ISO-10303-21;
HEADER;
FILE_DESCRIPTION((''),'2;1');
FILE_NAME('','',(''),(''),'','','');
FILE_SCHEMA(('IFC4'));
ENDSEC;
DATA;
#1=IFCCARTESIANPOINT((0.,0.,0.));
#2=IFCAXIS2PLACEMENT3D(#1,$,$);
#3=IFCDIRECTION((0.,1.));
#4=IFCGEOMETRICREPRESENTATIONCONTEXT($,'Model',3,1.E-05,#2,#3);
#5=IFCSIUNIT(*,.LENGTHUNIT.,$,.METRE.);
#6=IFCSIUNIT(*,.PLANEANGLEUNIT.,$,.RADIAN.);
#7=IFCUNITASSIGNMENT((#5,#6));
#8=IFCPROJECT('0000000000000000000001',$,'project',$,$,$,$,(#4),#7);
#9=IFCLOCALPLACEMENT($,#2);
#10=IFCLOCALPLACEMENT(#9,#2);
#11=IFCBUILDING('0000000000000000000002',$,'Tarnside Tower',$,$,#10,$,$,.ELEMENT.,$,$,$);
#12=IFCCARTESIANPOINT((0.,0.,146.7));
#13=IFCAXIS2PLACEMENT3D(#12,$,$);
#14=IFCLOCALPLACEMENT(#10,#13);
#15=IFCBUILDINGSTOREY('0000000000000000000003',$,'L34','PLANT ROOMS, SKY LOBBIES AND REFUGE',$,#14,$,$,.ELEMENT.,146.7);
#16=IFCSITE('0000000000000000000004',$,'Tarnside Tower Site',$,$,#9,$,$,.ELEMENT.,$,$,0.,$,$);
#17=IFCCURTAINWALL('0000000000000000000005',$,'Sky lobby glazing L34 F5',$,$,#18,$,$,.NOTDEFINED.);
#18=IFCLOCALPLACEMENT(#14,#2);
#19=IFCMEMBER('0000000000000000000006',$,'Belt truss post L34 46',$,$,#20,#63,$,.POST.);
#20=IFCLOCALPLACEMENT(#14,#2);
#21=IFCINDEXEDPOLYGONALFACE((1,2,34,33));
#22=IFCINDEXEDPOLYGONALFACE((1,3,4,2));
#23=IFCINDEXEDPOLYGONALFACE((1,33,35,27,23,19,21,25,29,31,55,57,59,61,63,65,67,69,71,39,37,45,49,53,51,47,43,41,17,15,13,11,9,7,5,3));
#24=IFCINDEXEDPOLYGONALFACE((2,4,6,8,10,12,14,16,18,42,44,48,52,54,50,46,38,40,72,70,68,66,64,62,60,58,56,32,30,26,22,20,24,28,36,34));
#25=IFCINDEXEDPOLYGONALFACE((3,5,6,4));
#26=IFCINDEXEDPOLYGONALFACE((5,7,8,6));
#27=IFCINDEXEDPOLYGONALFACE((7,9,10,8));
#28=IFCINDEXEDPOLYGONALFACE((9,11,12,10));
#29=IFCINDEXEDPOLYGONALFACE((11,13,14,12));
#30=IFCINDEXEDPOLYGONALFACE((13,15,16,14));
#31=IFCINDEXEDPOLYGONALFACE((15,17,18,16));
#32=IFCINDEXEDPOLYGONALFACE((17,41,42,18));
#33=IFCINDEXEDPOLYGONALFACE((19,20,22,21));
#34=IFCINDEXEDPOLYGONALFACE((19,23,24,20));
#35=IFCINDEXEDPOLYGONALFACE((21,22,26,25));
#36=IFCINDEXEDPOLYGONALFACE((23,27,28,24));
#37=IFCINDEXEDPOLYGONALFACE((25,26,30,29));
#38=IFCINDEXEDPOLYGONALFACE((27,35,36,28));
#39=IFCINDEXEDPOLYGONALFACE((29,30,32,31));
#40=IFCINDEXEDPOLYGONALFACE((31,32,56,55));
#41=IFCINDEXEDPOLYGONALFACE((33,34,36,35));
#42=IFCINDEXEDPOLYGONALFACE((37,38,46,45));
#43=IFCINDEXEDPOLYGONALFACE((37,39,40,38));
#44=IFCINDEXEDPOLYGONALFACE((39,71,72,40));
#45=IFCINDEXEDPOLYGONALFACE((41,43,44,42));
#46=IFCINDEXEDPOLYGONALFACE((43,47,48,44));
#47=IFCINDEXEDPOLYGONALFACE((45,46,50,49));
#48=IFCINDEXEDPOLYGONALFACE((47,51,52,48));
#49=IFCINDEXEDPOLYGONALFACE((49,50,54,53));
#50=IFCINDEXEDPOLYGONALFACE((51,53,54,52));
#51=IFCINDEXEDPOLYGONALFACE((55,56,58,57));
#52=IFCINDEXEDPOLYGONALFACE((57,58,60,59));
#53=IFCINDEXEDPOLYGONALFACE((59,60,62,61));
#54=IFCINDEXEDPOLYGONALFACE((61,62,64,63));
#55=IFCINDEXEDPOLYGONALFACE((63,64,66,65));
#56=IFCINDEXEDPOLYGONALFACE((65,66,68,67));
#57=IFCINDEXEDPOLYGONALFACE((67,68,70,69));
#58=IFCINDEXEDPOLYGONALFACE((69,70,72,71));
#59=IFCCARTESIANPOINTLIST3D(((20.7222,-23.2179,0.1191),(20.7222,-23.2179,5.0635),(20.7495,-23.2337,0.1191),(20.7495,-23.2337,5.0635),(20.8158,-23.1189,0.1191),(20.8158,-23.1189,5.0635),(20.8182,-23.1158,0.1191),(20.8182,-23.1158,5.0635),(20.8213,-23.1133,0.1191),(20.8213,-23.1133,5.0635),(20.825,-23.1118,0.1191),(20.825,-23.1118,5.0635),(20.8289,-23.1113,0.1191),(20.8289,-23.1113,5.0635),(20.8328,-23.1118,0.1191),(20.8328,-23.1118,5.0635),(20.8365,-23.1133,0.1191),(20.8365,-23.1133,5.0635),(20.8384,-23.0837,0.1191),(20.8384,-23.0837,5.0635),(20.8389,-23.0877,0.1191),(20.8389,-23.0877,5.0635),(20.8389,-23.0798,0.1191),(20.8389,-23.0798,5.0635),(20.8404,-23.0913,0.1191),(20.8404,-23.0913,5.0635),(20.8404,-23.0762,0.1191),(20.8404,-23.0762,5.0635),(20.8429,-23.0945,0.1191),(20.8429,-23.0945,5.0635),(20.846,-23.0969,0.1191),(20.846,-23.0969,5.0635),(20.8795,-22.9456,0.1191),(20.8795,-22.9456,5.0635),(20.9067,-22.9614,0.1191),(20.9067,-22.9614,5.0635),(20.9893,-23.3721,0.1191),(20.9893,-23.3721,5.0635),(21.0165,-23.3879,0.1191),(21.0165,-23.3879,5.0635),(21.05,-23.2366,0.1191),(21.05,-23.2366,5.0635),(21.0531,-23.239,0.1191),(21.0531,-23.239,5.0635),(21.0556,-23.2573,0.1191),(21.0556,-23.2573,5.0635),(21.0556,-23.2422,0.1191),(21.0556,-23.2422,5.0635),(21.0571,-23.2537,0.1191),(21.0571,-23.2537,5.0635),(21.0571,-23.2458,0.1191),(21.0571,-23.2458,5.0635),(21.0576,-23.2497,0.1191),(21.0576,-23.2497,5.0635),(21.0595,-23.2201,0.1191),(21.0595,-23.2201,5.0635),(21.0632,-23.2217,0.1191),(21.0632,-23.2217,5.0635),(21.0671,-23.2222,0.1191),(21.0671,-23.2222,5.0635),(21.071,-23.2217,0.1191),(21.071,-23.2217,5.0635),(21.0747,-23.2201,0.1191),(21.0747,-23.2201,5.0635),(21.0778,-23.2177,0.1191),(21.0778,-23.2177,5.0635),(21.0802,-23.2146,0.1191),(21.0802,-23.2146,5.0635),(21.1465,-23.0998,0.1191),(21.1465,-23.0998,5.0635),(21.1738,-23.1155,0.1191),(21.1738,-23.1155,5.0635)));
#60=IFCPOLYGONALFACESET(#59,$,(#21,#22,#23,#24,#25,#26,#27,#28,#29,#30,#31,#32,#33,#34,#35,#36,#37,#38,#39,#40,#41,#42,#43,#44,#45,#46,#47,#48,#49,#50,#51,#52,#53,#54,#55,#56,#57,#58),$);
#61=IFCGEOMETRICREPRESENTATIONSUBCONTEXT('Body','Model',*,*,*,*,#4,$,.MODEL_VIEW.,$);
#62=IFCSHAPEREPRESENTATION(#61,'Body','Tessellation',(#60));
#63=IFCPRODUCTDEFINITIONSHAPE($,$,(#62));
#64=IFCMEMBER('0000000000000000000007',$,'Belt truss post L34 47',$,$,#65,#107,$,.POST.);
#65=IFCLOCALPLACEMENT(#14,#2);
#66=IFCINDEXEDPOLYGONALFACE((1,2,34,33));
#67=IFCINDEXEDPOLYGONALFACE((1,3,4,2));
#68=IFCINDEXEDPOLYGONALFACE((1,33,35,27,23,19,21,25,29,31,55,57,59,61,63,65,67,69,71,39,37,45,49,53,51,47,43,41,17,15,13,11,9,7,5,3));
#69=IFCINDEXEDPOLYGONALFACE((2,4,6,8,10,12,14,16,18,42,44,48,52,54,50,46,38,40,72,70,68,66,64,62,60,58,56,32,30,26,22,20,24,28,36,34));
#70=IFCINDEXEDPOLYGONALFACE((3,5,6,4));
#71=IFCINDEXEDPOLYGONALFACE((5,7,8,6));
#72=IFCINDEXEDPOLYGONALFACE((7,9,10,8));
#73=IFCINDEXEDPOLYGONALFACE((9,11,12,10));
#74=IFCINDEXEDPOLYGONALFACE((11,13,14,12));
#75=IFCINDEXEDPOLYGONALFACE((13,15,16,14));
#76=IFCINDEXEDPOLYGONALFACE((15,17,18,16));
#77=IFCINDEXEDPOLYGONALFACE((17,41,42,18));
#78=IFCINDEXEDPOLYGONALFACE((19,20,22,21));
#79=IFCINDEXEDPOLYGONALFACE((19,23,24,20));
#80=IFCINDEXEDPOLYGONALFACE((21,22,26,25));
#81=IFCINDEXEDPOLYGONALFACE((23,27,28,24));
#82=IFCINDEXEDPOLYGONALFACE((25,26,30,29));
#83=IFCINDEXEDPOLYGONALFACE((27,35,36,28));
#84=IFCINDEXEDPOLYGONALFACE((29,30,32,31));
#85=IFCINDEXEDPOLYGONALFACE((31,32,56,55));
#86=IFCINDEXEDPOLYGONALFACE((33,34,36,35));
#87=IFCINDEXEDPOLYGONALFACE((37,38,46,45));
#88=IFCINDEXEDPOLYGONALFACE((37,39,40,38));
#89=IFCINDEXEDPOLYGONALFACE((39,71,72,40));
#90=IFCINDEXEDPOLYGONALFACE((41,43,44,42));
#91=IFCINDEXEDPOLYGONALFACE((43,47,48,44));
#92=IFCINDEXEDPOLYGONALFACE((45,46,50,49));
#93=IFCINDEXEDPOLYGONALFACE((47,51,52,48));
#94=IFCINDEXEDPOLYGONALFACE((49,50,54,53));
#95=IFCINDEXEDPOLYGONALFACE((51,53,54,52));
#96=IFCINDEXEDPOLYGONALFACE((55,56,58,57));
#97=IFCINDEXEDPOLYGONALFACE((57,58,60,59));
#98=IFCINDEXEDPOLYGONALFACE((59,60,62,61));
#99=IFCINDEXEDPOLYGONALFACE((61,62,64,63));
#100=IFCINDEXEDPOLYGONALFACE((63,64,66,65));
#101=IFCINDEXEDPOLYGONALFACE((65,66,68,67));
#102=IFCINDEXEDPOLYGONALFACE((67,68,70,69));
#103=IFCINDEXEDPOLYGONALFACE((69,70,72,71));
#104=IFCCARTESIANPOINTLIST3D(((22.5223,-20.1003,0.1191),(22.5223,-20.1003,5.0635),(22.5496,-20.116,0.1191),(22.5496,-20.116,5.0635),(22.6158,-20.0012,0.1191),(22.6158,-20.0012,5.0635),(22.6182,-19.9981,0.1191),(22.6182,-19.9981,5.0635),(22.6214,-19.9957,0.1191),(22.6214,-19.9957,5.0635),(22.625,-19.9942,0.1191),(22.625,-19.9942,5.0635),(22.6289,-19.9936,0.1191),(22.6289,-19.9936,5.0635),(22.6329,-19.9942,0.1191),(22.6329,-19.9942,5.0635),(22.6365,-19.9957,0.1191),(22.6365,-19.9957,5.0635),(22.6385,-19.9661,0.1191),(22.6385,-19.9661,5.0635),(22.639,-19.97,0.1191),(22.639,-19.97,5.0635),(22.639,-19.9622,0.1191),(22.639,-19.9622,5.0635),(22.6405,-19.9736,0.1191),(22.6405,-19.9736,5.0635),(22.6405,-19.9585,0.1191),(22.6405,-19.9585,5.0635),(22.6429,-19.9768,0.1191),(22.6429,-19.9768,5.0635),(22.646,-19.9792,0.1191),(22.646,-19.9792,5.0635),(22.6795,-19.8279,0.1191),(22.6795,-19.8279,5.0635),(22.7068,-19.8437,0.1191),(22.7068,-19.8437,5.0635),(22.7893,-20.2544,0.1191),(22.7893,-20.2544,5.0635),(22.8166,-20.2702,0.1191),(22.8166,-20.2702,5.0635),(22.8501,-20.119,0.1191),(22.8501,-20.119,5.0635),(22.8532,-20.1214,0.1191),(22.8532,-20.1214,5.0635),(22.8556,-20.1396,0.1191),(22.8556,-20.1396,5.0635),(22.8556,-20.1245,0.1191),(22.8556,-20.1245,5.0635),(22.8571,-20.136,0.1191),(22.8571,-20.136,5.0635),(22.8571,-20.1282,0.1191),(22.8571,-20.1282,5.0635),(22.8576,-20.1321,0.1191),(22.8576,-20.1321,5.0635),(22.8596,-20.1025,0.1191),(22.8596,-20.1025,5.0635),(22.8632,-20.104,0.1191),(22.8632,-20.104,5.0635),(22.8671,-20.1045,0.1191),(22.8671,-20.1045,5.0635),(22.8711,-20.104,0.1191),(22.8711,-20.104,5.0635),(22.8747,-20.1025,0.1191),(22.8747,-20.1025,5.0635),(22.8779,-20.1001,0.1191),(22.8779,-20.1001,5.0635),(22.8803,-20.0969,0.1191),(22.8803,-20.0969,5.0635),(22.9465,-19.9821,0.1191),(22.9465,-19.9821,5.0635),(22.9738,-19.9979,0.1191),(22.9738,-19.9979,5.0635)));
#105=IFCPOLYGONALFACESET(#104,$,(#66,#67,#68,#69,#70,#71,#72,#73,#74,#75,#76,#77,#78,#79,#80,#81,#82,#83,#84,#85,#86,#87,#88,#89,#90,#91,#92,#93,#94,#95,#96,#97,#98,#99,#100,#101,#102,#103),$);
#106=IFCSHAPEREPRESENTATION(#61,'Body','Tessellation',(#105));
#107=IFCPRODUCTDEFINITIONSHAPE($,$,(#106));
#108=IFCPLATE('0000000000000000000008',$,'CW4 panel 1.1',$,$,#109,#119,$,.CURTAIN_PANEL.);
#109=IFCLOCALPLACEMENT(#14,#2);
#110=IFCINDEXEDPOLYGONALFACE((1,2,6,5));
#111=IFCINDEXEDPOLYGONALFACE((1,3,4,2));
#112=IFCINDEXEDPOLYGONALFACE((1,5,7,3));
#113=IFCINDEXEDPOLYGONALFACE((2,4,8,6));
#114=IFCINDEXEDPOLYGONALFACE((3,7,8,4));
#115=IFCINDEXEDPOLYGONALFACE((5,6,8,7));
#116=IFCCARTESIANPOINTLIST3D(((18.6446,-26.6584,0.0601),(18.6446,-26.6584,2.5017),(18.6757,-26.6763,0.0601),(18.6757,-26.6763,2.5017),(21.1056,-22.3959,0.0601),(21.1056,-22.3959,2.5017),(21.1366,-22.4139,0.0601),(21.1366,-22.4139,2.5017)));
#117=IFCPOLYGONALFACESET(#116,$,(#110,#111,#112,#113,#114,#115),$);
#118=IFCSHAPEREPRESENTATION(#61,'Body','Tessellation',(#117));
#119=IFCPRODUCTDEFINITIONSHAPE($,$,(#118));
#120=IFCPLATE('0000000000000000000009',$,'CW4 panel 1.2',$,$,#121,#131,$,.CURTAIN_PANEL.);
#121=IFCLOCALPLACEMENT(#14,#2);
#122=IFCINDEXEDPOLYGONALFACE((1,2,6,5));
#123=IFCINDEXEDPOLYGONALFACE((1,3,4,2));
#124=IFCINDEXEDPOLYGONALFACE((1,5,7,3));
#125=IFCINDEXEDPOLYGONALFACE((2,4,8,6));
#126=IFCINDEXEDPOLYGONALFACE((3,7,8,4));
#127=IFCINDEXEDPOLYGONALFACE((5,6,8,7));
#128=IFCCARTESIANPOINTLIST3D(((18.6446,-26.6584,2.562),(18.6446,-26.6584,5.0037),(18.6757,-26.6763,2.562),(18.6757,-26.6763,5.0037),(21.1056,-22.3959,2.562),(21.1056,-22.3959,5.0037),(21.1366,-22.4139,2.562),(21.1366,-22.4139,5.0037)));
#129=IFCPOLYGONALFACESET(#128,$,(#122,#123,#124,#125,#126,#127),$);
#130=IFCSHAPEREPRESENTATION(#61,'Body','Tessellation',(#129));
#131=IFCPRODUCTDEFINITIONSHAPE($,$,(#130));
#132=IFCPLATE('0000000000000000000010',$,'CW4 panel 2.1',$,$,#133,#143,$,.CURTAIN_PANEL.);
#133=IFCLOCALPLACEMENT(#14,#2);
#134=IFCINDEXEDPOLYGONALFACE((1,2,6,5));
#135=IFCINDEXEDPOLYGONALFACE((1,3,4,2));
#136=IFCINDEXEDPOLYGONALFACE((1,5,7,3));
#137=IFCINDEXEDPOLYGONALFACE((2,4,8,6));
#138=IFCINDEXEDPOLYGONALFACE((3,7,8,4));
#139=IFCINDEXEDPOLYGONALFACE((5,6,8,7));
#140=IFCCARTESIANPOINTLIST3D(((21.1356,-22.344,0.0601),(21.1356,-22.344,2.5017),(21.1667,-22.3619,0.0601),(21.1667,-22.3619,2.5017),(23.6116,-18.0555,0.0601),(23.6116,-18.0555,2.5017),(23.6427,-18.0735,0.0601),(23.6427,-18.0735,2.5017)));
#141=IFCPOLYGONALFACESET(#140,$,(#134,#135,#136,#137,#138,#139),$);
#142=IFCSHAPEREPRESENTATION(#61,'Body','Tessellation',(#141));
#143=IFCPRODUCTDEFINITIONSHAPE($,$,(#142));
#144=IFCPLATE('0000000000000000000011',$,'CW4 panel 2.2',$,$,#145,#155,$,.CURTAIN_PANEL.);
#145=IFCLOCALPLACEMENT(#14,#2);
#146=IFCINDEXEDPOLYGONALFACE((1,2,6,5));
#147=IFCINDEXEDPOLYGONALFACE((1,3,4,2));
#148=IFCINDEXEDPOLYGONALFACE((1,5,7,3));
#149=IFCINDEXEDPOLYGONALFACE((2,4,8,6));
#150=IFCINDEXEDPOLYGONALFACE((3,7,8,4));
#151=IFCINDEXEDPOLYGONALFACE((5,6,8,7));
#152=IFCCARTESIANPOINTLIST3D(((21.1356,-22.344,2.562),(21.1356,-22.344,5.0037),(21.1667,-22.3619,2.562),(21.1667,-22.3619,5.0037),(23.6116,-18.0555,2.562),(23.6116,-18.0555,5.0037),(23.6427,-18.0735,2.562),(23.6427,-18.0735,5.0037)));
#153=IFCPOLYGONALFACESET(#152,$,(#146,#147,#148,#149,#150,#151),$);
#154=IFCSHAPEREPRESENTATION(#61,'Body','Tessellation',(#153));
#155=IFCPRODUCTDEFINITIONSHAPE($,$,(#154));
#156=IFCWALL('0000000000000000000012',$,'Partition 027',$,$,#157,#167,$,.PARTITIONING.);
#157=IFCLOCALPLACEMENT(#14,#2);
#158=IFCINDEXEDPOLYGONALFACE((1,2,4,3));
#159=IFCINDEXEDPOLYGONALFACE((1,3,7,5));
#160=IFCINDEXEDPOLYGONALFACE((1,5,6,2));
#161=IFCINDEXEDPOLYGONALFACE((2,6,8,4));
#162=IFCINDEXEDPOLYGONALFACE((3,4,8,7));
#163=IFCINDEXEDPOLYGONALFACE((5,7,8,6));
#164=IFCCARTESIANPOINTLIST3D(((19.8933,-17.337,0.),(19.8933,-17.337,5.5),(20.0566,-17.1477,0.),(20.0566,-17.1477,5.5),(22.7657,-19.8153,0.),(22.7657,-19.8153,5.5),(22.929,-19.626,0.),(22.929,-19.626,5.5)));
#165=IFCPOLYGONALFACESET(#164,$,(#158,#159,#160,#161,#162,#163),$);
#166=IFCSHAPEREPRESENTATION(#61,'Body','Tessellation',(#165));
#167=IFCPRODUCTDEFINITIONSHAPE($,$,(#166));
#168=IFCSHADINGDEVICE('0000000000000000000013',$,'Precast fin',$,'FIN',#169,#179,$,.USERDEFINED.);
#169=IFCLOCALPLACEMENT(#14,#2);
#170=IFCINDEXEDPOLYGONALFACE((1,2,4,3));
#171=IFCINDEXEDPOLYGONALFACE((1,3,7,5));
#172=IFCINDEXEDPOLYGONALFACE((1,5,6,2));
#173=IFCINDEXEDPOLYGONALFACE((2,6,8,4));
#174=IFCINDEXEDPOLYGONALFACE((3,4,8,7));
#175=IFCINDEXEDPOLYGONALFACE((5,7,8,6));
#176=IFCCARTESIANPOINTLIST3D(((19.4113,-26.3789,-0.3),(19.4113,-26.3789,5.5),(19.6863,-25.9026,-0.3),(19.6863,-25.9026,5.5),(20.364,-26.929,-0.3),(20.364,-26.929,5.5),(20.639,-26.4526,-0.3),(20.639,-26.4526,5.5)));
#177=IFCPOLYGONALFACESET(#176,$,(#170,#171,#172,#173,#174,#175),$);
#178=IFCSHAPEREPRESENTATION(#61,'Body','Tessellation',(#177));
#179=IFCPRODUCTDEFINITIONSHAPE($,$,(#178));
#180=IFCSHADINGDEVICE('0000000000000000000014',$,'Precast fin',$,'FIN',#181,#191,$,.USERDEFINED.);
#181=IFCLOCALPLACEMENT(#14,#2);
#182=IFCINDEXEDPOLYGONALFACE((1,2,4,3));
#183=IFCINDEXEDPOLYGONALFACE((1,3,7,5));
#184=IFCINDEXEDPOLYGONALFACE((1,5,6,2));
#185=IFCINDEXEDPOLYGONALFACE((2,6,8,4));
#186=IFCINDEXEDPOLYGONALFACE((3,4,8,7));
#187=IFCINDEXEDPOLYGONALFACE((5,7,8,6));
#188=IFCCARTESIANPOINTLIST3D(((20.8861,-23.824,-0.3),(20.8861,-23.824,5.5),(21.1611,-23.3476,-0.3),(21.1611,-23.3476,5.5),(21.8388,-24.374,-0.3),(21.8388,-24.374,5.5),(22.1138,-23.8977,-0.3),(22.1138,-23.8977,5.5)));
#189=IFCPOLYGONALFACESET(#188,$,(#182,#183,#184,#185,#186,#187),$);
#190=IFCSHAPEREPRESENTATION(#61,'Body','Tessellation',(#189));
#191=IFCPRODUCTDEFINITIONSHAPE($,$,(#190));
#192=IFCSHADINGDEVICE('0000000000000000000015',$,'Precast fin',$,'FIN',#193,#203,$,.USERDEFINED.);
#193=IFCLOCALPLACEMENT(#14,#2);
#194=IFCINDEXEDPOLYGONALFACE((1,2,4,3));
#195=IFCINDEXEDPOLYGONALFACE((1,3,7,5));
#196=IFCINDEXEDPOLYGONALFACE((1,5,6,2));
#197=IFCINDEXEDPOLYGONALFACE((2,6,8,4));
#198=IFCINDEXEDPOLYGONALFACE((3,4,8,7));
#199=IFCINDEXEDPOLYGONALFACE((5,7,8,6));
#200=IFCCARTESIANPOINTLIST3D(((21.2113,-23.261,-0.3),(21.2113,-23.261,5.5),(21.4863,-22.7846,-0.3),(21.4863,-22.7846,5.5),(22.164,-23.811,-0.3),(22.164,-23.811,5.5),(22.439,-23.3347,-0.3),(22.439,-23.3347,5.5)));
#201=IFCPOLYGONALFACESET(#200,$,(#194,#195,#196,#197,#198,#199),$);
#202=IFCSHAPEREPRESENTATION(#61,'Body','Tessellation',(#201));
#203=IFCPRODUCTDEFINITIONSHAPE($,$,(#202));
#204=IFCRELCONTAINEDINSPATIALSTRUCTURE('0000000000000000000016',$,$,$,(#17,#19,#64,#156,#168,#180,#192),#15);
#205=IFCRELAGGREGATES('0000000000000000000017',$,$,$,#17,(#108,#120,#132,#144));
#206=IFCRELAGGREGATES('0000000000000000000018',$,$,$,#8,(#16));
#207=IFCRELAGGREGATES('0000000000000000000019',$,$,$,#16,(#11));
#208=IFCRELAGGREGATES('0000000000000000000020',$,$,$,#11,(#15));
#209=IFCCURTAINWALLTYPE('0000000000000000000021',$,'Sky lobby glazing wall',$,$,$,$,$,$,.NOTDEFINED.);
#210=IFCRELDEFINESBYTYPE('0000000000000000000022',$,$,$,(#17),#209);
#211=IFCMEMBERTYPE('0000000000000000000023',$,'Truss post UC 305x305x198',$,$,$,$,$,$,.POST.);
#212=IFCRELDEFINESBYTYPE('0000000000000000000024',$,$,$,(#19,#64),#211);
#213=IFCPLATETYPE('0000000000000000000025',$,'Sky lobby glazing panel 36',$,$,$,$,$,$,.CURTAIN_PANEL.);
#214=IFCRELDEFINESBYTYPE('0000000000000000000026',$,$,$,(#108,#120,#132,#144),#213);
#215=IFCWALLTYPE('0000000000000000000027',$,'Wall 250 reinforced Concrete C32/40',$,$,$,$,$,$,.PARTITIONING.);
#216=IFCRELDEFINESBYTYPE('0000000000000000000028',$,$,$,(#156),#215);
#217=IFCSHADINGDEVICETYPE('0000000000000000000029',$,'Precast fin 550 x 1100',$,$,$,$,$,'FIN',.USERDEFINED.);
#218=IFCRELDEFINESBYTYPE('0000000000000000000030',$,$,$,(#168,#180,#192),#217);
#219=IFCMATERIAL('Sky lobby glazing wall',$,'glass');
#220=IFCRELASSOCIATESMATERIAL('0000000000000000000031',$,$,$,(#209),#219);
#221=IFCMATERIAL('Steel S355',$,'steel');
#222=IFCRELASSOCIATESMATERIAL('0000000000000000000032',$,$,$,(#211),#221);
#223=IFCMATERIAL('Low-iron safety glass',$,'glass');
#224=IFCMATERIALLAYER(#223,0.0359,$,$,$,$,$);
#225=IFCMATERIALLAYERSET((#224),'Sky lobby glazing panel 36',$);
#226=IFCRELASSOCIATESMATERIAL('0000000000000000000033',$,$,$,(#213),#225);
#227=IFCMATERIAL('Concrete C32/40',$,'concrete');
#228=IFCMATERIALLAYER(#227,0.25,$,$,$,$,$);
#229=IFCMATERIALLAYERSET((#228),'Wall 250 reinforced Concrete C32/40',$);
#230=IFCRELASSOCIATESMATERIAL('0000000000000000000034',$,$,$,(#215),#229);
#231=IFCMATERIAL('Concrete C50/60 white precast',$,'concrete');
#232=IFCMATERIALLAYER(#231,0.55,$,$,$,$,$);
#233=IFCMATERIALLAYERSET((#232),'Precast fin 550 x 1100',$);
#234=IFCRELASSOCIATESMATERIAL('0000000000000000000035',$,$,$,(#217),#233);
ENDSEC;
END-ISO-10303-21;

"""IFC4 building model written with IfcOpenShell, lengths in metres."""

from ifc_helpers import new_model, si_unit, direction, frame, frame_2d, origin, origin_2d, place, context, subcontext, project, spatial, polyline, rectangle, i_section, outline, extrude, material, layer, layer_set, material_profile, profile_set, type_object, element, aggregate, save


model = new_model("IFC4")

# Units and contexts
model_context = context("Model", 3, precision=1e-05, world=origin(), true_north=direction((0.0, 1.0)))
body_context = subcontext(model_context, "Body", "Model", "MODEL_VIEW")
ifc_project = project(units=[si_unit("LENGTHUNIT", "METRE"), si_unit("PLANEANGLEUNIT", "RADIAN")], contexts=[model_context])

# Site, building, storey
site_placement = place(None, origin())
site = spatial("IfcSite", under=ifc_project, at=site_placement, Name="Tarnside Tower Site", CompositionType="ELEMENT", RefElevation=0.0)
building_placement = place(site_placement, origin())
building = spatial("IfcBuilding", under=site, at=building_placement, Name="Tarnside Tower", CompositionType="ELEMENT")
storey_placement = place(building_placement, frame((0.0, 0.0, 146.7)))
storey = spatial("IfcBuildingStorey", under=building, at=storey_placement, Name="L34", Description="PLANT ROOMS, SKY LOBBIES AND REFUGE", CompositionType="ELEMENT", Elevation=146.7)

# Shared definitions
ifc_material_1 = material(Name="Steel S355", Category="steel")

# Curtain wall
ifc_material_2 = material(Name="Sky lobby glazing wall", Category="glass")
curtain_wall_type = type_object("IfcCurtainWallType", Name="Sky lobby glazing wall", PredefinedType="NOTDEFINED", material=ifc_material_2)
curtain_wall_placement = place(storey_placement, origin())
curtain_wall = element("IfcCurtainWall", 1, at=curtain_wall_placement, inside=storey, type_object=curtain_wall_type, Name="Sky lobby glazing L34 F5", PredefinedType="NOTDEFINED")

# Members
ifc_material_profile_1 = material_profile(ifc_material_1, i_section(OverallWidth=0.3145, OverallDepth=0.3398, WebThickness=0.019, FlangeThickness=0.0315, FilletRadius=0.0151, at=origin_2d()), Name="UC 305x305x198")
ifc_profile_set_1 = profile_set([ifc_material_profile_1], Name="Steel S355")
member_type_1 = type_object("IfcMemberType", Name="Truss post UC 305x305x198", PredefinedType="POST", material=ifc_profile_set_1)
for number, where, z_axis, x_axis, name in (
    (2, (20.948, -23.1667, 0.1191), (0.0, 0.0, 1.0), (0.5, 0.866025, 0.0), "Belt truss post L34 46"),
    (3, (22.748, -20.0491, 0.1191), (0.0, 0.0, 1.0), (0.5, 0.866025, 0.0), "Belt truss post L34 47"),
):
    element("IfcMember", number, at=place(storey_placement, frame(where, z_axis=z_axis, x_axis=x_axis)), inside=storey, type_object=member_type_1, Name=name, PredefinedType="POST", context=body_context, shape_type="SweptSolid", body=[
        extrude(i_section(OverallWidth=0.3145, OverallDepth=0.3398, WebThickness=0.019, FlangeThickness=0.0315, FilletRadius=0.0151, at=origin_2d()), origin(), (0.0, 0.0, 1.0), 4.9443),
    ])

# Plates
ifc_material_3 = material(Name="Low-iron safety glass", Category="glass")
ifc_layer_1 = layer(ifc_material_3, 0.0359)
ifc_layer_set_1 = layer_set([ifc_layer_1], Name="Sky lobby glazing panel 36")
plate_type = type_object("IfcPlateType", Name="Sky lobby glazing panel 36", PredefinedType="CURTAIN_PANEL", material=ifc_layer_set_1)
plate_1_placement = place(storey_placement, frame((19.8906, -24.5361, 0.0601), z_axis=(0.0, 0.0, 1.0), x_axis=(0.5, 0.866025, 0.0)))
plate_1 = element("IfcPlate", 4, at=plate_1_placement, type_object=plate_type, Name="CW4 panel 1.1", PredefinedType="CURTAIN_PANEL", context=body_context, shape_type="SweptSolid", body=[
    extrude(rectangle(XDim=4.9219, YDim=0.0359, at=origin_2d()), origin(), (0.0, 0.0, 1.0), 2.4417),
])
plate_2_placement = place(storey_placement, frame((19.8906, -24.5361, 2.562), z_axis=(0.0, 0.0, 1.0), x_axis=(0.5, 0.866025, 0.0)))
plate_2 = element("IfcPlate", 5, at=plate_2_placement, type_object=plate_type, Name="CW4 panel 1.2", PredefinedType="CURTAIN_PANEL", context=body_context, shape_type="SweptSolid", body=[
    extrude(rectangle(XDim=4.9219, YDim=0.0359, at=origin_2d()), origin(), (0.0, 0.0, 1.0), 2.4417),
])
plate_3_placement = place(storey_placement, frame((22.3892, -20.2087, 0.0601), z_axis=(0.0, 0.0, 1.0), x_axis=(0.5, 0.866025, 0.0)))
plate_3 = element("IfcPlate", 6, at=plate_3_placement, type_object=plate_type, Name="CW4 panel 2.1", PredefinedType="CURTAIN_PANEL", context=body_context, shape_type="SweptSolid", body=[
    extrude(rectangle(XDim=4.9519, YDim=0.0359, at=origin_2d()), origin(), (0.0, 0.0, 1.0), 2.4417),
])
plate_4_placement = place(storey_placement, frame((22.3892, -20.2087, 2.562), z_axis=(0.0, 0.0, 1.0), x_axis=(0.5, 0.866025, 0.0)))
plate_4 = element("IfcPlate", 7, at=plate_4_placement, type_object=plate_type, Name="CW4 panel 2.2", PredefinedType="CURTAIN_PANEL", context=body_context, shape_type="SweptSolid", body=[
    extrude(rectangle(XDim=4.9519, YDim=0.0359, at=origin_2d()), origin(), (0.0, 0.0, 1.0), 2.4417),
])
aggregate(curtain_wall, [plate_1, plate_2, plate_3, plate_4])

# Wall
ifc_material_4 = material(Name="Concrete C32/40", Category="concrete")
ifc_layer_2 = layer(ifc_material_4, 0.25)
ifc_layer_set_2 = layer_set([ifc_layer_2], Name="Wall 250 reinforced Concrete C32/40")
wall_type = type_object("IfcWallType", Name="Wall 250 reinforced Concrete C32/40", PredefinedType="PARTITIONING", material=ifc_layer_set_2)
wall_placement = place(storey_placement, frame((22.8474, -19.7207, 0.0), z_axis=(0.0, 0.0, 1.0), x_axis=(-0.757131, 0.653263, 0.0)))
element("IfcWall", 8, at=wall_placement, inside=storey, type_object=wall_type, Name="Partition 027", PredefinedType="PARTITIONING", context=body_context, shape_type="SweptSolid", body=[
    extrude(rectangle(XDim=3.7937, YDim=0.25, at=frame_2d((1.897, 0.0))), origin(), (0.0, 0.0, 1.0), 5.5),
])

# Shading devices
ifc_material_5 = material(Name="Concrete C50/60 white precast", Category="concrete")
ifc_layer_3 = layer(ifc_material_5, 0.55)
ifc_layer_set_3 = layer_set([ifc_layer_3], Name="Precast fin 550 x 1100")
shading_device_type = type_object("IfcShadingDeviceType", Name="Precast fin 550 x 1100", ElementType="FIN", PredefinedType="USERDEFINED", material=ifc_layer_set_3)
for number, where, z_axis, x_axis, name in (
    (9, (19.5488, -26.1406, -0.3), (-0.5, -0.866025, 0.0), (0.866025, -0.5, 0.0), "Precast fin"),
    (10, (21.0237, -23.5857, -0.3), (-0.5, -0.866025, 0.0), (0.866025, -0.5, 0.0), "Precast fin"),
    (11, (21.3489, -23.0227, -0.3), (-0.5, -0.866025, 0.0), (0.866025, -0.5, 0.0), "Precast fin"),
):
    element("IfcShadingDevice", number, at=place(storey_placement, frame(where, z_axis=z_axis, x_axis=x_axis)), inside=storey, type_object=shading_device_type, Name=name, ObjectType="FIN", PredefinedType="USERDEFINED", context=body_context, shape_type="SweptSolid", body=[
        extrude(outline(polyline([(0.0, 0.0), (1.1001, 0.0), (1.1001, 5.8), (0.0, 5.8), (0.0, 0.0)])), frame((0.0, 0.0, -0.2749)), (0.0, 0.0, 1.0), 0.55),
    ])

save(model, "model.ifc")
